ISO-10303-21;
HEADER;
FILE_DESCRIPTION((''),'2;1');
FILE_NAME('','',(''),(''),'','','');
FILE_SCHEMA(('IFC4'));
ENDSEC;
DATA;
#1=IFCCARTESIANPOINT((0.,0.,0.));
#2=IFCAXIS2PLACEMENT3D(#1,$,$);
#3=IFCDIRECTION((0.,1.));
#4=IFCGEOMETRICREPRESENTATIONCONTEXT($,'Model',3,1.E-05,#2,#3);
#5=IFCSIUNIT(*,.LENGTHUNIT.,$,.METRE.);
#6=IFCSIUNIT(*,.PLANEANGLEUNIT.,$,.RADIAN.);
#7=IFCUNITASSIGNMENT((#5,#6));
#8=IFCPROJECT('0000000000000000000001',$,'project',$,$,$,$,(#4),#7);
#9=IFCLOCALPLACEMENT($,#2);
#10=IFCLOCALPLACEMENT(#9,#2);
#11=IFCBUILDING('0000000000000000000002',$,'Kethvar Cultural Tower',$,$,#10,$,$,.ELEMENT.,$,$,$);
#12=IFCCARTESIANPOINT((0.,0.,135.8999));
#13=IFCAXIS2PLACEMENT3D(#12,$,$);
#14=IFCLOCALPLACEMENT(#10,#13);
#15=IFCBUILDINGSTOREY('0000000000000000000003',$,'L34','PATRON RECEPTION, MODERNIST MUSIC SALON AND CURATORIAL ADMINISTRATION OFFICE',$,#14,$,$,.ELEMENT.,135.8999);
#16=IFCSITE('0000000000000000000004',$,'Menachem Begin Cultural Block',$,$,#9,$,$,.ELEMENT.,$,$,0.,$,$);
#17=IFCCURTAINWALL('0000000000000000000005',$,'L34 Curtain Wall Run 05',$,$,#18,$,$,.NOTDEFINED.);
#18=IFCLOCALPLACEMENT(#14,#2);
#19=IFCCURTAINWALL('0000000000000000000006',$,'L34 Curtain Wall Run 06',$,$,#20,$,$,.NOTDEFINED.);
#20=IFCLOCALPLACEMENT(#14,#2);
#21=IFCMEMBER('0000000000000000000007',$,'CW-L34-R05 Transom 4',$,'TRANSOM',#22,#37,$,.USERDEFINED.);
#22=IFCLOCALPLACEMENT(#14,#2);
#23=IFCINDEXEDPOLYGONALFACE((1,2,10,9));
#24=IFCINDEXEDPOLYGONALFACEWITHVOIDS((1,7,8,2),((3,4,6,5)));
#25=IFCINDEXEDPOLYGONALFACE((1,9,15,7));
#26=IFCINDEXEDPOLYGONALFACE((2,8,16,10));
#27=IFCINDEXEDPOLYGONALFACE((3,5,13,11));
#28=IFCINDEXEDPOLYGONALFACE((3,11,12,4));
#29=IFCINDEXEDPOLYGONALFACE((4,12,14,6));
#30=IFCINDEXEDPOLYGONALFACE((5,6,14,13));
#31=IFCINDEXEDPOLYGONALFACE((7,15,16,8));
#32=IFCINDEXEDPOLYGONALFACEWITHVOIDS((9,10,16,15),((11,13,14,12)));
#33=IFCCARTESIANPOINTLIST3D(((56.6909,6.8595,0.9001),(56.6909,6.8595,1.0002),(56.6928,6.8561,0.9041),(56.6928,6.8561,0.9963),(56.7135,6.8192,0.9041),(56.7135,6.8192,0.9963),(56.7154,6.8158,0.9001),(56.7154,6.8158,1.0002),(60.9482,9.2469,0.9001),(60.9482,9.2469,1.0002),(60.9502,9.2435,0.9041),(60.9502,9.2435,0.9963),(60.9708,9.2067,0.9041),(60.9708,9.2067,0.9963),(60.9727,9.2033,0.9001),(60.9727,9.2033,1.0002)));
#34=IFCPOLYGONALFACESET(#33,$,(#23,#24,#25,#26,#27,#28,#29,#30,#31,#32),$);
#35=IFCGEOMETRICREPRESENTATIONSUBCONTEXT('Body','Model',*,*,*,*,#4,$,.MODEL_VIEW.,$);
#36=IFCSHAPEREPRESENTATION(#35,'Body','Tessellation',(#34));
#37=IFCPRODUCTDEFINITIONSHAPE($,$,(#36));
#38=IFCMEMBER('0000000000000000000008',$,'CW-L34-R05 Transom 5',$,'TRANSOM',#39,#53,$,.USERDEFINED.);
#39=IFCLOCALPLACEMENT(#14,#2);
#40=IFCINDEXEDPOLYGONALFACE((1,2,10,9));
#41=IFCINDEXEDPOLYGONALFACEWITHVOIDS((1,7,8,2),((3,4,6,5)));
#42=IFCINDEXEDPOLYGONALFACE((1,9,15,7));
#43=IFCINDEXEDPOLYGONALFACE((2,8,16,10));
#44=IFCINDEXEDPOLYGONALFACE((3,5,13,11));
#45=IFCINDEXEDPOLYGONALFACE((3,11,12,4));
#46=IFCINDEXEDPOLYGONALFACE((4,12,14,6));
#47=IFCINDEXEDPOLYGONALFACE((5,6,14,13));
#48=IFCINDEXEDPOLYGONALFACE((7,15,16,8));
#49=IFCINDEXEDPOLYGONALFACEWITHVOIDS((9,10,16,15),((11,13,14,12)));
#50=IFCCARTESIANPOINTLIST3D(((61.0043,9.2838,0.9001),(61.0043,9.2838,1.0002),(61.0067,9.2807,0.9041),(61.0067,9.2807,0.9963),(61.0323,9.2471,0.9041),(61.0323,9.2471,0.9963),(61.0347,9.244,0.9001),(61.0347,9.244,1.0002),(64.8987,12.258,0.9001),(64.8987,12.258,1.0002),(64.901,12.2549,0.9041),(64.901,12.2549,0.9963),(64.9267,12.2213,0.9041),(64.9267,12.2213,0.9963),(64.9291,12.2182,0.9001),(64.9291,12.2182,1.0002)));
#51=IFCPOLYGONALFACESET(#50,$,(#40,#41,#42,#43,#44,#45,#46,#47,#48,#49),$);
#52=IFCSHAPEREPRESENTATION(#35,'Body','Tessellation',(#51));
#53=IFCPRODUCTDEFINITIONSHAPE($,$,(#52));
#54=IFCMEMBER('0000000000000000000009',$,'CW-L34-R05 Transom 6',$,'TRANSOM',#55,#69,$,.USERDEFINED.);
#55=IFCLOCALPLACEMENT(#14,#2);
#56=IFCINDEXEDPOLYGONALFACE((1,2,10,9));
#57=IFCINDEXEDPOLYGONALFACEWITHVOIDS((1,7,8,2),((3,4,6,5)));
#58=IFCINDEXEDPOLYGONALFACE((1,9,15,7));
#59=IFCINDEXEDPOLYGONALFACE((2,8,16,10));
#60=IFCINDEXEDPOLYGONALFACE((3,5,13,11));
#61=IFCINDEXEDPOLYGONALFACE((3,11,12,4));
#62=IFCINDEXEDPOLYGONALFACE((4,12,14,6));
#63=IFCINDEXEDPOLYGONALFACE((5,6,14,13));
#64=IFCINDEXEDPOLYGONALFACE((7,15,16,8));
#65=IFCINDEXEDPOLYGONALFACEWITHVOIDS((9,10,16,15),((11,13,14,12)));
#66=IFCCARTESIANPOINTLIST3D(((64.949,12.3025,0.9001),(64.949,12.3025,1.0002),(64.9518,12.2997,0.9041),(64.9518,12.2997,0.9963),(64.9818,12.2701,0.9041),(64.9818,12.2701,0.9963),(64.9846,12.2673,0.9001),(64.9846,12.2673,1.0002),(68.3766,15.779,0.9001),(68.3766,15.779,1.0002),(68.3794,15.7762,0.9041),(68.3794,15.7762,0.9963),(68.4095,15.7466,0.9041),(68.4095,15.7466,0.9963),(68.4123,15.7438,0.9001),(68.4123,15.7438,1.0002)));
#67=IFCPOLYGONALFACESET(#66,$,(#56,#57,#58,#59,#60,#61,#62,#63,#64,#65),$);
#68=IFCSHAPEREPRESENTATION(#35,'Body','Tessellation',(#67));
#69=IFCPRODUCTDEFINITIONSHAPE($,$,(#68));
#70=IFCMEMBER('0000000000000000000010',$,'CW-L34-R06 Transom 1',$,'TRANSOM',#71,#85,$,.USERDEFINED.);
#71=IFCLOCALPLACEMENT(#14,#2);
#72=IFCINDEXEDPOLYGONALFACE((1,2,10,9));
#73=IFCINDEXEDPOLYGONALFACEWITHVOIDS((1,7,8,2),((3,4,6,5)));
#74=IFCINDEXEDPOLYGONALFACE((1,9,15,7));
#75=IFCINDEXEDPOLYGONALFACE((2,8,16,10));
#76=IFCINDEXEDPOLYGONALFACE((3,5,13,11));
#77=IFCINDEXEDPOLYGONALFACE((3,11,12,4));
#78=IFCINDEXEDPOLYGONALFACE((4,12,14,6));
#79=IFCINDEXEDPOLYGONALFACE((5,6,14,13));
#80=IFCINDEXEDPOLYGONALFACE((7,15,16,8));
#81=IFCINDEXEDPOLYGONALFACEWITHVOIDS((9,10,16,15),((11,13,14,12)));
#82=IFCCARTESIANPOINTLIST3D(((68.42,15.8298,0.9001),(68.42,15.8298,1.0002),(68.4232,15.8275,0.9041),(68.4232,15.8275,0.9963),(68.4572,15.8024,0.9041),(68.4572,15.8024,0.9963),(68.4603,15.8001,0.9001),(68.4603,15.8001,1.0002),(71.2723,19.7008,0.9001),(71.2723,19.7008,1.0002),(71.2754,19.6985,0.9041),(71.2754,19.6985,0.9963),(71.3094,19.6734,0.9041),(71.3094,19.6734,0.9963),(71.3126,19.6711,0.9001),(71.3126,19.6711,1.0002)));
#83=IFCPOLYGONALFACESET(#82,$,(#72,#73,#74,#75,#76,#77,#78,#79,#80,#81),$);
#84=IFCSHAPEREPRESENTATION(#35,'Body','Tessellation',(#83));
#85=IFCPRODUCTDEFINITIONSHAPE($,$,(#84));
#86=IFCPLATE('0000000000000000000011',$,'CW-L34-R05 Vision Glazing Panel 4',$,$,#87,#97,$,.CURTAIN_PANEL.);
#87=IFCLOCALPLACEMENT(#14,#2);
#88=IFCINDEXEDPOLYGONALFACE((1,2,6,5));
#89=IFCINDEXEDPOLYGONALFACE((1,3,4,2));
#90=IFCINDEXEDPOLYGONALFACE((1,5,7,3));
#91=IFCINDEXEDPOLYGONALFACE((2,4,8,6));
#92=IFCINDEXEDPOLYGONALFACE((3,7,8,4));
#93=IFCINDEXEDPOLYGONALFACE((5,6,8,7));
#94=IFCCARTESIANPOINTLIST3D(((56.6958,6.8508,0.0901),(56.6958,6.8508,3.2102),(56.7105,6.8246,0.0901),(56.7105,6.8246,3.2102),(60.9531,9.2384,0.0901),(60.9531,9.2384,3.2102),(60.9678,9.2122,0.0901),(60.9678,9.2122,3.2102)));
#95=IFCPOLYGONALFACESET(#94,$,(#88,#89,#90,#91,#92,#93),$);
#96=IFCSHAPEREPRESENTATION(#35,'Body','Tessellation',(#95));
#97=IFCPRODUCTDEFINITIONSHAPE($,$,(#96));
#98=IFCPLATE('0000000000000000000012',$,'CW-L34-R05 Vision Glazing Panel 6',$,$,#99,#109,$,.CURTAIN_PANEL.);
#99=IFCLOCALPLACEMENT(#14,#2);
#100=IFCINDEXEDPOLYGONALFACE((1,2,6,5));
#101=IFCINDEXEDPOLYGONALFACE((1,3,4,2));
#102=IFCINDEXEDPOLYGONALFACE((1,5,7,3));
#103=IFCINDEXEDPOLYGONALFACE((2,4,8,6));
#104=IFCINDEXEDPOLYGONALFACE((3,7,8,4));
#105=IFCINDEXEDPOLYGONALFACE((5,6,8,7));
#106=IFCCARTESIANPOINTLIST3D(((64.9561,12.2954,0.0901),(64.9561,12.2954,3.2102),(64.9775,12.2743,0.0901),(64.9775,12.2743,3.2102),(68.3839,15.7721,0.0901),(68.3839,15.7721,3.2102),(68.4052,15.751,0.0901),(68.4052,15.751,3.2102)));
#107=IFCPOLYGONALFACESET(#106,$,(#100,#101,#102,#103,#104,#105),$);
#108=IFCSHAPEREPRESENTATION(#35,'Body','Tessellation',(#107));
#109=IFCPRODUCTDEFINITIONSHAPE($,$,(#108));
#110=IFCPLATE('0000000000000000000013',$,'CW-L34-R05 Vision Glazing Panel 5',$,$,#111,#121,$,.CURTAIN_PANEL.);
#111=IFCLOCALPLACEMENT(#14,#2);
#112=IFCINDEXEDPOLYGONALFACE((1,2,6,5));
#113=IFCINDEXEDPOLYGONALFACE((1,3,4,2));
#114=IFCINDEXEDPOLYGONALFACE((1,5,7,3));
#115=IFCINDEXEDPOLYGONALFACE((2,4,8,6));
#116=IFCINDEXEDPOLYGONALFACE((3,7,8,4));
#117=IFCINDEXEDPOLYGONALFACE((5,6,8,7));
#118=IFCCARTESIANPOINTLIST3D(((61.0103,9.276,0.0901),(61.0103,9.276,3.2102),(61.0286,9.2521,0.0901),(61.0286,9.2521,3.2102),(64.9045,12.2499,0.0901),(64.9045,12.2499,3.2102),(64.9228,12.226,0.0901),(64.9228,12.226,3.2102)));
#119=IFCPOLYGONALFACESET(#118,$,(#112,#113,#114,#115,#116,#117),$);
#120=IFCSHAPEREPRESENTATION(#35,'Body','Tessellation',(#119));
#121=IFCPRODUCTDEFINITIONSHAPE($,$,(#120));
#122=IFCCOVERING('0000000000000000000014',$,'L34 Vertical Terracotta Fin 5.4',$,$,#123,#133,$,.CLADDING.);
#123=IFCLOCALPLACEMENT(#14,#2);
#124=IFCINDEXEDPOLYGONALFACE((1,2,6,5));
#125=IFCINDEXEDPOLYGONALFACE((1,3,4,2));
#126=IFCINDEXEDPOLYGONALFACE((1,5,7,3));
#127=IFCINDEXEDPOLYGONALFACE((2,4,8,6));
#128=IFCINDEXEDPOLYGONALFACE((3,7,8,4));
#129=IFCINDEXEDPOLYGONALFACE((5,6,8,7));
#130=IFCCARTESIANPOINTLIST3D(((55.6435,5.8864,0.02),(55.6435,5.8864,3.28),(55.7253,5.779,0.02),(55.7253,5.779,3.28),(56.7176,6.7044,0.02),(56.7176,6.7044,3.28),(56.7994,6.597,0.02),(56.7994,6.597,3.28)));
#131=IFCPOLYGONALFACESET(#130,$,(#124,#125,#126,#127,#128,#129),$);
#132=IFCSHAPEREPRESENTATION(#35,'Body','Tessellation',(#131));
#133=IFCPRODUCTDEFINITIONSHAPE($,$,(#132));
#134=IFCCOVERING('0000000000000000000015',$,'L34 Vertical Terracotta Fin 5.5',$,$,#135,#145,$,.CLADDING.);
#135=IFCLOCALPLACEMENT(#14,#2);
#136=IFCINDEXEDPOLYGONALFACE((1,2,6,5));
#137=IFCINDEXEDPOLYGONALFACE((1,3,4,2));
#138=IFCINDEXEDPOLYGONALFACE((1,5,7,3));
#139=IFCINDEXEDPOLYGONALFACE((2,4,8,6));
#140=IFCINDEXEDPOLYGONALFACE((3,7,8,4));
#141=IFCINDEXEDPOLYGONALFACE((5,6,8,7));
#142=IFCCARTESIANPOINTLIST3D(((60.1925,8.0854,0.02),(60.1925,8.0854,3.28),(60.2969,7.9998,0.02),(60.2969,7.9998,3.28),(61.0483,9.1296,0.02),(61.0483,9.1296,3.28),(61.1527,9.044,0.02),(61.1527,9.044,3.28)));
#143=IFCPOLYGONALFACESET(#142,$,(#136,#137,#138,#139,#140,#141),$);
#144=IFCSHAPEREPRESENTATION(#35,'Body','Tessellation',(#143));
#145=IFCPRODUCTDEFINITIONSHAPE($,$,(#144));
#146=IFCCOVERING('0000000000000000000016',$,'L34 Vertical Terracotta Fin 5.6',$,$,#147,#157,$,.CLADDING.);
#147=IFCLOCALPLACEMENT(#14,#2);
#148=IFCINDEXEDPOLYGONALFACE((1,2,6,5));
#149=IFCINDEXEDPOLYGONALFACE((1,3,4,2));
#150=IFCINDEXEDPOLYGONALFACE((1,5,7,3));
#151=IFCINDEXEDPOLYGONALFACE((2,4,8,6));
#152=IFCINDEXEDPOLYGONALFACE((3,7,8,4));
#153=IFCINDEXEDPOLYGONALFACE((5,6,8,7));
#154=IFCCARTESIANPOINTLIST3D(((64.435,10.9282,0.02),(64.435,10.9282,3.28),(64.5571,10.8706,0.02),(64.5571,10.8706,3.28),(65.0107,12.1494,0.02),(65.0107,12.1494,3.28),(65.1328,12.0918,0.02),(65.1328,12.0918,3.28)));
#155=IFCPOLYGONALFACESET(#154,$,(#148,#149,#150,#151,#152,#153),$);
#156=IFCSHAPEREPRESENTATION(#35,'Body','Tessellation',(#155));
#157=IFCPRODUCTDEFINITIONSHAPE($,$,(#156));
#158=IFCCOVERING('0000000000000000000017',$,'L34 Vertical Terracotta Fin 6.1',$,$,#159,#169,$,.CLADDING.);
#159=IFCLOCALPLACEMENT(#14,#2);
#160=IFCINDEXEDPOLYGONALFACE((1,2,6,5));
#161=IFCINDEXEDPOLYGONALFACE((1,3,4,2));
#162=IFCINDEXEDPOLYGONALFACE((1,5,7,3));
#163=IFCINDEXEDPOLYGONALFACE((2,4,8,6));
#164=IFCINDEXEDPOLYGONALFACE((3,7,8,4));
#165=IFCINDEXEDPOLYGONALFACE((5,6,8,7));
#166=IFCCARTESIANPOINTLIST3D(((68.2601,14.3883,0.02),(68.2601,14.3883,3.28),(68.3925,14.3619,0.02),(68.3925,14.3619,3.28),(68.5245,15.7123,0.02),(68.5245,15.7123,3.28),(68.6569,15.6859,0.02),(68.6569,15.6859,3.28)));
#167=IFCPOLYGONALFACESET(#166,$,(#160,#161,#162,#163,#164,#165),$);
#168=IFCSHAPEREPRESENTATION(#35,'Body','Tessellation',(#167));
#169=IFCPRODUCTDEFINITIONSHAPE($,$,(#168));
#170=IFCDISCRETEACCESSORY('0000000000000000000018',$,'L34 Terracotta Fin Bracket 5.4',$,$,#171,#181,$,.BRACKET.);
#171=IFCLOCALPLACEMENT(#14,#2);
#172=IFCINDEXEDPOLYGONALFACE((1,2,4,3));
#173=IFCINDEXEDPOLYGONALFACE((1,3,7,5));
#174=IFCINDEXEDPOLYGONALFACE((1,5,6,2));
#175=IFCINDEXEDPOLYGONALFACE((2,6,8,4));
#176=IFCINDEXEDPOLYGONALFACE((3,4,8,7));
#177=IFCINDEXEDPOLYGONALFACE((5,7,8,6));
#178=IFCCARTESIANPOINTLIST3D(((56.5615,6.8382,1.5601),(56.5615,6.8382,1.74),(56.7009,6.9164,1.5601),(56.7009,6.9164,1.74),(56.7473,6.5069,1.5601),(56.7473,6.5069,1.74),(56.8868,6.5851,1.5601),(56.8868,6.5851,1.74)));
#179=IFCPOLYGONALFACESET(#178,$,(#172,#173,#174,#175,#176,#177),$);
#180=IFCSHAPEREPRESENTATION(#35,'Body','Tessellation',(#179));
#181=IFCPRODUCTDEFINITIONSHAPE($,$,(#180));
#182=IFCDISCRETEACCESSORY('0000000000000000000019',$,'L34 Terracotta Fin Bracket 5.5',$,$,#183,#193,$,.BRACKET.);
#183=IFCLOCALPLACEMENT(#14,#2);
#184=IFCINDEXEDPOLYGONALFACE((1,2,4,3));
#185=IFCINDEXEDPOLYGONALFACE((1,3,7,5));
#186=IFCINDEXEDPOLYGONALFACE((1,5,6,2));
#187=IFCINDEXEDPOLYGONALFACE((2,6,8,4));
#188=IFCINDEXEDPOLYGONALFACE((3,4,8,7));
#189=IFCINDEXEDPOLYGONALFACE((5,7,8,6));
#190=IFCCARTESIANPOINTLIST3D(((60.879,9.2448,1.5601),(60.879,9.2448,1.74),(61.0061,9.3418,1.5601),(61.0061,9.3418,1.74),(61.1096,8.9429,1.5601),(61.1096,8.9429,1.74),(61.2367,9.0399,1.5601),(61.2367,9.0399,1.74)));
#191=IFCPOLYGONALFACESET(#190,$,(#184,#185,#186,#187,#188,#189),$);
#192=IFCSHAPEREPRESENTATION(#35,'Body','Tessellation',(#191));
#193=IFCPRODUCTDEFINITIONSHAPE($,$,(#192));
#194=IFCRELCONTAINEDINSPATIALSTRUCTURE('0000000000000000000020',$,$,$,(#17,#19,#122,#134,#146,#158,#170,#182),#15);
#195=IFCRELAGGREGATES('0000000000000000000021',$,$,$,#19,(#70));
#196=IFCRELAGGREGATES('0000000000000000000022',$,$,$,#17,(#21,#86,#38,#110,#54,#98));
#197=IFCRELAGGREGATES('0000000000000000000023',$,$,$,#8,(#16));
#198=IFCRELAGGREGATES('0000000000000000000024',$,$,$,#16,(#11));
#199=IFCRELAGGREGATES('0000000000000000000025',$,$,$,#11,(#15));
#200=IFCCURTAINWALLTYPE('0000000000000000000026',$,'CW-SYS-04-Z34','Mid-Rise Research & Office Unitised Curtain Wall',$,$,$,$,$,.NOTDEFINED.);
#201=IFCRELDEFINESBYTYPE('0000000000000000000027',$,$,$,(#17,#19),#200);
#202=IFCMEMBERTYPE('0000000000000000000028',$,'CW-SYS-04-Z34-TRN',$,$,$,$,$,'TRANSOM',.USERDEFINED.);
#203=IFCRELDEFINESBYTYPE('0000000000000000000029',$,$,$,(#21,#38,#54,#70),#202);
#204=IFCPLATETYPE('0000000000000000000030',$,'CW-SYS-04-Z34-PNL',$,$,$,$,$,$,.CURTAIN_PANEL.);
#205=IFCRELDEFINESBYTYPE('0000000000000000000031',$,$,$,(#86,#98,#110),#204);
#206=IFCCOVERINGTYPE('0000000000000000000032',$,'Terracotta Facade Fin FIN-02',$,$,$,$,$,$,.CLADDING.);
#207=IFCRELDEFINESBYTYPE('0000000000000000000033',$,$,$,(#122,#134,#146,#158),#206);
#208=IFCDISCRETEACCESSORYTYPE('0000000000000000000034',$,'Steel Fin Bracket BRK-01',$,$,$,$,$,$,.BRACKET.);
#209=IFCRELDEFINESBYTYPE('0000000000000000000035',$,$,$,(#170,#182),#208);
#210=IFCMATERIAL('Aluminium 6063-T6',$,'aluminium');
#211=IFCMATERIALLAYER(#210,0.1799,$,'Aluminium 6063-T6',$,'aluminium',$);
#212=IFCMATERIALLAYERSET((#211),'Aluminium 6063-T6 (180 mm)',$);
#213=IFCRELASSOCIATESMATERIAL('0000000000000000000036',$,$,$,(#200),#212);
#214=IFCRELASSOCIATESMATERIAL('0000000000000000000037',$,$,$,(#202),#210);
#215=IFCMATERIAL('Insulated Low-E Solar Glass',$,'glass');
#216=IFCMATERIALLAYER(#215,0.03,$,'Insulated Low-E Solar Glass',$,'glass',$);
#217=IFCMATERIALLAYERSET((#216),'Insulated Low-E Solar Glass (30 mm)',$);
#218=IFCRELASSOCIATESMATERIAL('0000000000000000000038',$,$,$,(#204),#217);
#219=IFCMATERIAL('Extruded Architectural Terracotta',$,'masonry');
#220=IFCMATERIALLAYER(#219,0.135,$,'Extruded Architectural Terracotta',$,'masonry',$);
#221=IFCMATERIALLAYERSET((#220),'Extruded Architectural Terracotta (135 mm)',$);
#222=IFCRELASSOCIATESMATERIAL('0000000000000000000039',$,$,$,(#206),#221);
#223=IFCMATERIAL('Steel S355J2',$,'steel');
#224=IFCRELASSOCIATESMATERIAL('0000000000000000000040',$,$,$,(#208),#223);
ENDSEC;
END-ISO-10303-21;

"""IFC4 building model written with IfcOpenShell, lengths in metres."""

from ifc_helpers import new_model, si_unit, direction, frame, origin, origin_2d, place, context, subcontext, project, spatial, rectangle, hollow_rectangle, extrude, source, transform, mapped, material, layer, layer_set, material_profile, profile_set, type_object, element, aggregate, save


model = new_model("IFC4")

# Units and contexts
model_context = context("Model", 3, precision=1e-05, world=origin(), true_north=direction((0.0, 1.0)))
body_context = subcontext(model_context, "Body", "Model", "MODEL_VIEW")
ifc_project = project(units=[si_unit("LENGTHUNIT", "METRE"), si_unit("PLANEANGLEUNIT", "RADIAN")], contexts=[model_context])

# Site, building, storey
site_placement = place(None, origin())
site = spatial("IfcSite", under=ifc_project, at=site_placement, Name="Menachem Begin Cultural Block", CompositionType="ELEMENT", RefElevation=0.0)
building_placement = place(site_placement, origin())
building = spatial("IfcBuilding", under=site, at=building_placement, Name="Kethvar Cultural Tower", CompositionType="ELEMENT")
storey_placement = place(building_placement, frame((0.0, 0.0, 135.8999)))
storey = spatial("IfcBuildingStorey", under=building, at=storey_placement, Name="L34", Description="PATRON RECEPTION, MODERNIST MUSIC SALON AND CURATORIAL ADMINISTRATION OFFICE", CompositionType="ELEMENT", Elevation=135.8999)

# Shared definitions
ifc_material_1 = material(Name="Steel S355J2", Category="steel")

# Curtain wall
ifc_material_2 = material(Name="Aluminium 6063-T6", Category="aluminium")
ifc_layer_1 = layer(ifc_material_2, 0.1799, Name="Aluminium 6063-T6", Category="aluminium")
ifc_layer_set_1 = layer_set([ifc_layer_1], Name="Aluminium 6063-T6 (180 mm)")
curtain_wall_type = type_object("IfcCurtainWallType", Name="CW-SYS-04-Z34", Description="Mid-Rise Research & Office Unitised Curtain Wall", PredefinedType="NOTDEFINED", material=ifc_layer_set_1)
curtain_wall_1_placement = place(storey_placement, origin())
curtain_wall_1 = element("IfcCurtainWall", 1, at=curtain_wall_1_placement, inside=storey, type_object=curtain_wall_type, Name="L34 Curtain Wall Run 05", PredefinedType="NOTDEFINED")

# Curtain wall
curtain_wall_2_placement = place(storey_placement, origin())
curtain_wall_2 = element("IfcCurtainWall", 2, at=curtain_wall_2_placement, inside=storey, type_object=curtain_wall_type, Name="L34 Curtain Wall Run 06", PredefinedType="NOTDEFINED")

# Members
ifc_material_profile_1 = material_profile(ifc_material_2, hollow_rectangle(XDim=0.05, YDim=0.1001, WallThickness=0.0039, at=origin_2d()), Name="Aluminium 6063-T6 — RHS100x50x4")
ifc_profile_set_1 = profile_set([ifc_material_profile_1], Name="Aluminium 6063-T6 — RHS100x50x4")
member_type_1 = type_object("IfcMemberType", Name="CW-SYS-04-Z34-TRN", ElementType="TRANSOM", PredefinedType="USERDEFINED", material=ifc_profile_set_1)
shared_shape_1 = source(origin(), body_context, "Body", "SweptSolid", [
    extrude(hollow_rectangle(XDim=0.05, YDim=0.1001, WallThickness=0.0039, at=origin_2d()), origin(), (0.0, 0.0, 1.0), 4.8811),
])
member_1_placement = place(storey_placement, frame((56.7031, 6.8376, 0.9502), z_axis=(0.872213, 0.489126, 0.0), x_axis=(-0.489126, 0.872213, 0.0)))
member_1 = element("IfcMember", 3, at=member_1_placement, type_object=member_type_1, Name="CW-L34-R05 Transom 4", ObjectType="TRANSOM", PredefinedType="USERDEFINED", context=body_context, shape_type="MappedRepresentation", body=[
    mapped(shared_shape_1, transform((0.0, 0.0, 0.0), scale=1.0)),
])
shared_shape_2 = source(origin(), body_context, "Body", "SweptSolid", [
    extrude(hollow_rectangle(XDim=0.05, YDim=0.1001, WallThickness=0.0039, at=origin_2d()), origin(), (0.0, 0.0, 1.0), 4.9001),
])
member_2_placement = place(storey_placement, frame((61.0195, 9.2639, 0.9502), z_axis=(0.794738, 0.606953, 0.0), x_axis=(-0.606953, 0.794738, 0.0)))
member_2 = element("IfcMember", 4, at=member_2_placement, type_object=member_type_1, Name="CW-L34-R05 Transom 5", ObjectType="TRANSOM", PredefinedType="USERDEFINED", context=body_context, shape_type="MappedRepresentation", body=[
    mapped(shared_shape_2, transform((0.0, 0.0, 0.0), scale=1.0)),
])
shared_shape_3 = source(origin(), body_context, "Body", "SweptSolid", [
    extrude(hollow_rectangle(XDim=0.05, YDim=0.1001, WallThickness=0.0039, at=origin_2d()), origin(), (0.0, 0.0, 1.0), 4.8821),
])
member_3_placement = place(storey_placement, frame((64.9668, 12.2849, 0.9502), z_axis=(0.702088, 0.71209, 0.0), x_axis=(-0.71209, 0.702088, 0.0)))
member_3 = element("IfcMember", 5, at=member_3_placement, type_object=member_type_1, Name="CW-L34-R05 Transom 6", ObjectType="TRANSOM", PredefinedType="USERDEFINED", context=body_context, shape_type="MappedRepresentation", body=[
    mapped(shared_shape_3, transform((0.0, 0.0, 0.0), scale=1.0)),
])
shared_shape_4 = source(origin(), body_context, "Body", "SweptSolid", [
    extrude(hollow_rectangle(XDim=0.05, YDim=0.1001, WallThickness=0.0039, at=origin_2d()), origin(), (0.0, 0.0, 1.0), 4.8083),
])
member_4_placement = place(storey_placement, frame((68.4402, 15.8149, 0.9502), z_axis=(0.593187, 0.805065, 0.0), x_axis=(-0.805065, 0.593187, 0.0)))
member_4 = element("IfcMember", 6, at=member_4_placement, type_object=member_type_1, Name="CW-L34-R06 Transom 1", ObjectType="TRANSOM", PredefinedType="USERDEFINED", context=body_context, shape_type="MappedRepresentation", body=[
    mapped(shared_shape_4, transform((0.0, 0.0, 0.0), scale=1.0)),
])
aggregate(curtain_wall_2, [member_4])

# Plates
ifc_material_3 = material(Name="Insulated Low-E Solar Glass", Category="glass")
ifc_layer_2 = layer(ifc_material_3, 0.03, Name="Insulated Low-E Solar Glass", Category="glass")
ifc_layer_set_2 = layer_set([ifc_layer_2], Name="Insulated Low-E Solar Glass (30 mm)")
plate_type = type_object("IfcPlateType", Name="CW-SYS-04-Z34-PNL", PredefinedType="CURTAIN_PANEL", material=ifc_layer_set_2)
shared_shape_5 = source(origin(), body_context, "Body", "SweptSolid", [
    extrude(rectangle(XDim=4.8811, YDim=0.03, at=origin_2d()), origin(), (0.0, 0.0, 1.0), 3.1201),
])
plate_1_placement = place(storey_placement, frame((58.8318, 8.0315, 0.0901), z_axis=(0.0, 0.0, 1.0), x_axis=(0.872197, 0.489154, 0.0)))
plate_1 = element("IfcPlate", 7, at=plate_1_placement, type_object=plate_type, Name="CW-L34-R05 Vision Glazing Panel 4", PredefinedType="CURTAIN_PANEL", context=body_context, shape_type="MappedRepresentation", body=[
    mapped(shared_shape_5, transform((0.0, 0.0, 0.0), scale=1.0)),
])
shared_shape_6 = source(origin(), body_context, "Body", "SweptSolid", [
    extrude(rectangle(XDim=4.8823, YDim=0.03, at=origin_2d()), origin(), (0.0, 0.0, 1.0), 3.1201),
])
plate_2_placement = place(storey_placement, frame((66.6807, 14.0232, 0.0901), z_axis=(0.0, 0.0, 1.0), x_axis=(0.702078, 0.7121, 0.0)))
plate_2 = element("IfcPlate", 8, at=plate_2_placement, type_object=plate_type, Name="CW-L34-R05 Vision Glazing Panel 6", PredefinedType="CURTAIN_PANEL", context=body_context, shape_type="MappedRepresentation", body=[
    mapped(shared_shape_6, transform((0.0, 0.0, 0.0), scale=1.0)),
])
shared_shape_7 = source(origin(), body_context, "Body", "SweptSolid", [
    extrude(rectangle(XDim=4.8999, YDim=0.03, at=origin_2d()), origin(), (0.0, 0.0, 1.0), 3.1201),
])
plate_3_placement = place(storey_placement, frame((62.9666, 10.751, 0.0901), z_axis=(0.0, 0.0, 1.0), x_axis=(0.794754, 0.606932, 0.0)))
plate_3 = element("IfcPlate", 9, at=plate_3_placement, type_object=plate_type, Name="CW-L34-R05 Vision Glazing Panel 5", PredefinedType="CURTAIN_PANEL", context=body_context, shape_type="MappedRepresentation", body=[
    mapped(shared_shape_7, transform((0.0, 0.0, 0.0), scale=1.0)),
])
aggregate(curtain_wall_1, [member_1, plate_1, member_2, plate_3, member_3, plate_2])

# Coverings
ifc_material_4 = material(Name="Extruded Architectural Terracotta", Category="masonry")
ifc_layer_3 = layer(ifc_material_4, 0.135, Name="Extruded Architectural Terracotta", Category="masonry")
ifc_layer_set_3 = layer_set([ifc_layer_3], Name="Extruded Architectural Terracotta (135 mm)")
covering_type = type_object("IfcCoveringType", Name="Terracotta Facade Fin FIN-02", PredefinedType="CLADDING", material=ifc_layer_set_3)
shared_shape_8 = source(origin(), body_context, "Body", "SweptSolid", [
    extrude(rectangle(XDim=1.3501, YDim=0.135, at=origin_2d()), origin(), (0.0, 0.0, 1.0), 3.26),
])
for number, where, z_axis, x_axis, name in (
    (10, (56.2214, 6.2417, 0.02), (0.0, 0.0, 1.0), (-0.795579, -0.60585, 0.0), "L34 Vertical Terracotta Fin 5.4"),
    (11, (60.6726, 8.5647, 0.02), (0.0, 0.0, 1.0), (-0.633921, -0.773398, 0.0), "L34 Vertical Terracotta Fin 5.5"),
    (12, (64.7839, 11.51, 0.02), (0.0, 0.0, 1.0), (-0.426411, -0.90453, 0.0), "L34 Vertical Terracotta Fin 5.6"),
    (13, (68.4585, 15.0371, 0.02), (0.0, 0.0, 1.0), (-0.195775, -0.980649, 0.0), "L34 Vertical Terracotta Fin 6.1"),
):
    element("IfcCovering", number, at=place(storey_placement, frame(where, z_axis=z_axis, x_axis=x_axis)), inside=storey, type_object=covering_type, Name=name, PredefinedType="CLADDING", context=body_context, shape_type="MappedRepresentation", body=[
        mapped(shared_shape_8, transform((0.0, 0.0, 0.0), scale=1.0)),
    ])

# Discrete accessories
discrete_accessory_type = type_object("IfcDiscreteAccessoryType", Name="Steel Fin Bracket BRK-01", PredefinedType="BRACKET", material=ifc_material_1)
shared_shape_9 = source(origin(), body_context, "Body", "SweptSolid", [
    extrude(rectangle(XDim=0.3799, YDim=0.1599, at=origin_2d()), origin(), (0.0, 0.0, 1.0), 0.1799),
])
for number, where, z_axis, x_axis, name in (
    (14, (56.7241, 6.7117, 1.5601), (0.0, 0.0, 1.0), (0.48923, -0.872155, 0.0), "L34 Terracotta Fin Bracket 5.4"),
    (15, (61.0579, 9.1423, 1.5601), (0.0, 0.0, 1.0), (0.60696, -0.794733, 0.0), "L34 Terracotta Fin Bracket 5.5"),
):
    element("IfcDiscreteAccessory", number, at=place(storey_placement, frame(where, z_axis=z_axis, x_axis=x_axis)), inside=storey, type_object=discrete_accessory_type, Name=name, PredefinedType="BRACKET", context=body_context, shape_type="MappedRepresentation", body=[
        mapped(shared_shape_9, transform((0.0, 0.0, 0.0), scale=1.0)),
    ])

save(model, "model.ifc")
